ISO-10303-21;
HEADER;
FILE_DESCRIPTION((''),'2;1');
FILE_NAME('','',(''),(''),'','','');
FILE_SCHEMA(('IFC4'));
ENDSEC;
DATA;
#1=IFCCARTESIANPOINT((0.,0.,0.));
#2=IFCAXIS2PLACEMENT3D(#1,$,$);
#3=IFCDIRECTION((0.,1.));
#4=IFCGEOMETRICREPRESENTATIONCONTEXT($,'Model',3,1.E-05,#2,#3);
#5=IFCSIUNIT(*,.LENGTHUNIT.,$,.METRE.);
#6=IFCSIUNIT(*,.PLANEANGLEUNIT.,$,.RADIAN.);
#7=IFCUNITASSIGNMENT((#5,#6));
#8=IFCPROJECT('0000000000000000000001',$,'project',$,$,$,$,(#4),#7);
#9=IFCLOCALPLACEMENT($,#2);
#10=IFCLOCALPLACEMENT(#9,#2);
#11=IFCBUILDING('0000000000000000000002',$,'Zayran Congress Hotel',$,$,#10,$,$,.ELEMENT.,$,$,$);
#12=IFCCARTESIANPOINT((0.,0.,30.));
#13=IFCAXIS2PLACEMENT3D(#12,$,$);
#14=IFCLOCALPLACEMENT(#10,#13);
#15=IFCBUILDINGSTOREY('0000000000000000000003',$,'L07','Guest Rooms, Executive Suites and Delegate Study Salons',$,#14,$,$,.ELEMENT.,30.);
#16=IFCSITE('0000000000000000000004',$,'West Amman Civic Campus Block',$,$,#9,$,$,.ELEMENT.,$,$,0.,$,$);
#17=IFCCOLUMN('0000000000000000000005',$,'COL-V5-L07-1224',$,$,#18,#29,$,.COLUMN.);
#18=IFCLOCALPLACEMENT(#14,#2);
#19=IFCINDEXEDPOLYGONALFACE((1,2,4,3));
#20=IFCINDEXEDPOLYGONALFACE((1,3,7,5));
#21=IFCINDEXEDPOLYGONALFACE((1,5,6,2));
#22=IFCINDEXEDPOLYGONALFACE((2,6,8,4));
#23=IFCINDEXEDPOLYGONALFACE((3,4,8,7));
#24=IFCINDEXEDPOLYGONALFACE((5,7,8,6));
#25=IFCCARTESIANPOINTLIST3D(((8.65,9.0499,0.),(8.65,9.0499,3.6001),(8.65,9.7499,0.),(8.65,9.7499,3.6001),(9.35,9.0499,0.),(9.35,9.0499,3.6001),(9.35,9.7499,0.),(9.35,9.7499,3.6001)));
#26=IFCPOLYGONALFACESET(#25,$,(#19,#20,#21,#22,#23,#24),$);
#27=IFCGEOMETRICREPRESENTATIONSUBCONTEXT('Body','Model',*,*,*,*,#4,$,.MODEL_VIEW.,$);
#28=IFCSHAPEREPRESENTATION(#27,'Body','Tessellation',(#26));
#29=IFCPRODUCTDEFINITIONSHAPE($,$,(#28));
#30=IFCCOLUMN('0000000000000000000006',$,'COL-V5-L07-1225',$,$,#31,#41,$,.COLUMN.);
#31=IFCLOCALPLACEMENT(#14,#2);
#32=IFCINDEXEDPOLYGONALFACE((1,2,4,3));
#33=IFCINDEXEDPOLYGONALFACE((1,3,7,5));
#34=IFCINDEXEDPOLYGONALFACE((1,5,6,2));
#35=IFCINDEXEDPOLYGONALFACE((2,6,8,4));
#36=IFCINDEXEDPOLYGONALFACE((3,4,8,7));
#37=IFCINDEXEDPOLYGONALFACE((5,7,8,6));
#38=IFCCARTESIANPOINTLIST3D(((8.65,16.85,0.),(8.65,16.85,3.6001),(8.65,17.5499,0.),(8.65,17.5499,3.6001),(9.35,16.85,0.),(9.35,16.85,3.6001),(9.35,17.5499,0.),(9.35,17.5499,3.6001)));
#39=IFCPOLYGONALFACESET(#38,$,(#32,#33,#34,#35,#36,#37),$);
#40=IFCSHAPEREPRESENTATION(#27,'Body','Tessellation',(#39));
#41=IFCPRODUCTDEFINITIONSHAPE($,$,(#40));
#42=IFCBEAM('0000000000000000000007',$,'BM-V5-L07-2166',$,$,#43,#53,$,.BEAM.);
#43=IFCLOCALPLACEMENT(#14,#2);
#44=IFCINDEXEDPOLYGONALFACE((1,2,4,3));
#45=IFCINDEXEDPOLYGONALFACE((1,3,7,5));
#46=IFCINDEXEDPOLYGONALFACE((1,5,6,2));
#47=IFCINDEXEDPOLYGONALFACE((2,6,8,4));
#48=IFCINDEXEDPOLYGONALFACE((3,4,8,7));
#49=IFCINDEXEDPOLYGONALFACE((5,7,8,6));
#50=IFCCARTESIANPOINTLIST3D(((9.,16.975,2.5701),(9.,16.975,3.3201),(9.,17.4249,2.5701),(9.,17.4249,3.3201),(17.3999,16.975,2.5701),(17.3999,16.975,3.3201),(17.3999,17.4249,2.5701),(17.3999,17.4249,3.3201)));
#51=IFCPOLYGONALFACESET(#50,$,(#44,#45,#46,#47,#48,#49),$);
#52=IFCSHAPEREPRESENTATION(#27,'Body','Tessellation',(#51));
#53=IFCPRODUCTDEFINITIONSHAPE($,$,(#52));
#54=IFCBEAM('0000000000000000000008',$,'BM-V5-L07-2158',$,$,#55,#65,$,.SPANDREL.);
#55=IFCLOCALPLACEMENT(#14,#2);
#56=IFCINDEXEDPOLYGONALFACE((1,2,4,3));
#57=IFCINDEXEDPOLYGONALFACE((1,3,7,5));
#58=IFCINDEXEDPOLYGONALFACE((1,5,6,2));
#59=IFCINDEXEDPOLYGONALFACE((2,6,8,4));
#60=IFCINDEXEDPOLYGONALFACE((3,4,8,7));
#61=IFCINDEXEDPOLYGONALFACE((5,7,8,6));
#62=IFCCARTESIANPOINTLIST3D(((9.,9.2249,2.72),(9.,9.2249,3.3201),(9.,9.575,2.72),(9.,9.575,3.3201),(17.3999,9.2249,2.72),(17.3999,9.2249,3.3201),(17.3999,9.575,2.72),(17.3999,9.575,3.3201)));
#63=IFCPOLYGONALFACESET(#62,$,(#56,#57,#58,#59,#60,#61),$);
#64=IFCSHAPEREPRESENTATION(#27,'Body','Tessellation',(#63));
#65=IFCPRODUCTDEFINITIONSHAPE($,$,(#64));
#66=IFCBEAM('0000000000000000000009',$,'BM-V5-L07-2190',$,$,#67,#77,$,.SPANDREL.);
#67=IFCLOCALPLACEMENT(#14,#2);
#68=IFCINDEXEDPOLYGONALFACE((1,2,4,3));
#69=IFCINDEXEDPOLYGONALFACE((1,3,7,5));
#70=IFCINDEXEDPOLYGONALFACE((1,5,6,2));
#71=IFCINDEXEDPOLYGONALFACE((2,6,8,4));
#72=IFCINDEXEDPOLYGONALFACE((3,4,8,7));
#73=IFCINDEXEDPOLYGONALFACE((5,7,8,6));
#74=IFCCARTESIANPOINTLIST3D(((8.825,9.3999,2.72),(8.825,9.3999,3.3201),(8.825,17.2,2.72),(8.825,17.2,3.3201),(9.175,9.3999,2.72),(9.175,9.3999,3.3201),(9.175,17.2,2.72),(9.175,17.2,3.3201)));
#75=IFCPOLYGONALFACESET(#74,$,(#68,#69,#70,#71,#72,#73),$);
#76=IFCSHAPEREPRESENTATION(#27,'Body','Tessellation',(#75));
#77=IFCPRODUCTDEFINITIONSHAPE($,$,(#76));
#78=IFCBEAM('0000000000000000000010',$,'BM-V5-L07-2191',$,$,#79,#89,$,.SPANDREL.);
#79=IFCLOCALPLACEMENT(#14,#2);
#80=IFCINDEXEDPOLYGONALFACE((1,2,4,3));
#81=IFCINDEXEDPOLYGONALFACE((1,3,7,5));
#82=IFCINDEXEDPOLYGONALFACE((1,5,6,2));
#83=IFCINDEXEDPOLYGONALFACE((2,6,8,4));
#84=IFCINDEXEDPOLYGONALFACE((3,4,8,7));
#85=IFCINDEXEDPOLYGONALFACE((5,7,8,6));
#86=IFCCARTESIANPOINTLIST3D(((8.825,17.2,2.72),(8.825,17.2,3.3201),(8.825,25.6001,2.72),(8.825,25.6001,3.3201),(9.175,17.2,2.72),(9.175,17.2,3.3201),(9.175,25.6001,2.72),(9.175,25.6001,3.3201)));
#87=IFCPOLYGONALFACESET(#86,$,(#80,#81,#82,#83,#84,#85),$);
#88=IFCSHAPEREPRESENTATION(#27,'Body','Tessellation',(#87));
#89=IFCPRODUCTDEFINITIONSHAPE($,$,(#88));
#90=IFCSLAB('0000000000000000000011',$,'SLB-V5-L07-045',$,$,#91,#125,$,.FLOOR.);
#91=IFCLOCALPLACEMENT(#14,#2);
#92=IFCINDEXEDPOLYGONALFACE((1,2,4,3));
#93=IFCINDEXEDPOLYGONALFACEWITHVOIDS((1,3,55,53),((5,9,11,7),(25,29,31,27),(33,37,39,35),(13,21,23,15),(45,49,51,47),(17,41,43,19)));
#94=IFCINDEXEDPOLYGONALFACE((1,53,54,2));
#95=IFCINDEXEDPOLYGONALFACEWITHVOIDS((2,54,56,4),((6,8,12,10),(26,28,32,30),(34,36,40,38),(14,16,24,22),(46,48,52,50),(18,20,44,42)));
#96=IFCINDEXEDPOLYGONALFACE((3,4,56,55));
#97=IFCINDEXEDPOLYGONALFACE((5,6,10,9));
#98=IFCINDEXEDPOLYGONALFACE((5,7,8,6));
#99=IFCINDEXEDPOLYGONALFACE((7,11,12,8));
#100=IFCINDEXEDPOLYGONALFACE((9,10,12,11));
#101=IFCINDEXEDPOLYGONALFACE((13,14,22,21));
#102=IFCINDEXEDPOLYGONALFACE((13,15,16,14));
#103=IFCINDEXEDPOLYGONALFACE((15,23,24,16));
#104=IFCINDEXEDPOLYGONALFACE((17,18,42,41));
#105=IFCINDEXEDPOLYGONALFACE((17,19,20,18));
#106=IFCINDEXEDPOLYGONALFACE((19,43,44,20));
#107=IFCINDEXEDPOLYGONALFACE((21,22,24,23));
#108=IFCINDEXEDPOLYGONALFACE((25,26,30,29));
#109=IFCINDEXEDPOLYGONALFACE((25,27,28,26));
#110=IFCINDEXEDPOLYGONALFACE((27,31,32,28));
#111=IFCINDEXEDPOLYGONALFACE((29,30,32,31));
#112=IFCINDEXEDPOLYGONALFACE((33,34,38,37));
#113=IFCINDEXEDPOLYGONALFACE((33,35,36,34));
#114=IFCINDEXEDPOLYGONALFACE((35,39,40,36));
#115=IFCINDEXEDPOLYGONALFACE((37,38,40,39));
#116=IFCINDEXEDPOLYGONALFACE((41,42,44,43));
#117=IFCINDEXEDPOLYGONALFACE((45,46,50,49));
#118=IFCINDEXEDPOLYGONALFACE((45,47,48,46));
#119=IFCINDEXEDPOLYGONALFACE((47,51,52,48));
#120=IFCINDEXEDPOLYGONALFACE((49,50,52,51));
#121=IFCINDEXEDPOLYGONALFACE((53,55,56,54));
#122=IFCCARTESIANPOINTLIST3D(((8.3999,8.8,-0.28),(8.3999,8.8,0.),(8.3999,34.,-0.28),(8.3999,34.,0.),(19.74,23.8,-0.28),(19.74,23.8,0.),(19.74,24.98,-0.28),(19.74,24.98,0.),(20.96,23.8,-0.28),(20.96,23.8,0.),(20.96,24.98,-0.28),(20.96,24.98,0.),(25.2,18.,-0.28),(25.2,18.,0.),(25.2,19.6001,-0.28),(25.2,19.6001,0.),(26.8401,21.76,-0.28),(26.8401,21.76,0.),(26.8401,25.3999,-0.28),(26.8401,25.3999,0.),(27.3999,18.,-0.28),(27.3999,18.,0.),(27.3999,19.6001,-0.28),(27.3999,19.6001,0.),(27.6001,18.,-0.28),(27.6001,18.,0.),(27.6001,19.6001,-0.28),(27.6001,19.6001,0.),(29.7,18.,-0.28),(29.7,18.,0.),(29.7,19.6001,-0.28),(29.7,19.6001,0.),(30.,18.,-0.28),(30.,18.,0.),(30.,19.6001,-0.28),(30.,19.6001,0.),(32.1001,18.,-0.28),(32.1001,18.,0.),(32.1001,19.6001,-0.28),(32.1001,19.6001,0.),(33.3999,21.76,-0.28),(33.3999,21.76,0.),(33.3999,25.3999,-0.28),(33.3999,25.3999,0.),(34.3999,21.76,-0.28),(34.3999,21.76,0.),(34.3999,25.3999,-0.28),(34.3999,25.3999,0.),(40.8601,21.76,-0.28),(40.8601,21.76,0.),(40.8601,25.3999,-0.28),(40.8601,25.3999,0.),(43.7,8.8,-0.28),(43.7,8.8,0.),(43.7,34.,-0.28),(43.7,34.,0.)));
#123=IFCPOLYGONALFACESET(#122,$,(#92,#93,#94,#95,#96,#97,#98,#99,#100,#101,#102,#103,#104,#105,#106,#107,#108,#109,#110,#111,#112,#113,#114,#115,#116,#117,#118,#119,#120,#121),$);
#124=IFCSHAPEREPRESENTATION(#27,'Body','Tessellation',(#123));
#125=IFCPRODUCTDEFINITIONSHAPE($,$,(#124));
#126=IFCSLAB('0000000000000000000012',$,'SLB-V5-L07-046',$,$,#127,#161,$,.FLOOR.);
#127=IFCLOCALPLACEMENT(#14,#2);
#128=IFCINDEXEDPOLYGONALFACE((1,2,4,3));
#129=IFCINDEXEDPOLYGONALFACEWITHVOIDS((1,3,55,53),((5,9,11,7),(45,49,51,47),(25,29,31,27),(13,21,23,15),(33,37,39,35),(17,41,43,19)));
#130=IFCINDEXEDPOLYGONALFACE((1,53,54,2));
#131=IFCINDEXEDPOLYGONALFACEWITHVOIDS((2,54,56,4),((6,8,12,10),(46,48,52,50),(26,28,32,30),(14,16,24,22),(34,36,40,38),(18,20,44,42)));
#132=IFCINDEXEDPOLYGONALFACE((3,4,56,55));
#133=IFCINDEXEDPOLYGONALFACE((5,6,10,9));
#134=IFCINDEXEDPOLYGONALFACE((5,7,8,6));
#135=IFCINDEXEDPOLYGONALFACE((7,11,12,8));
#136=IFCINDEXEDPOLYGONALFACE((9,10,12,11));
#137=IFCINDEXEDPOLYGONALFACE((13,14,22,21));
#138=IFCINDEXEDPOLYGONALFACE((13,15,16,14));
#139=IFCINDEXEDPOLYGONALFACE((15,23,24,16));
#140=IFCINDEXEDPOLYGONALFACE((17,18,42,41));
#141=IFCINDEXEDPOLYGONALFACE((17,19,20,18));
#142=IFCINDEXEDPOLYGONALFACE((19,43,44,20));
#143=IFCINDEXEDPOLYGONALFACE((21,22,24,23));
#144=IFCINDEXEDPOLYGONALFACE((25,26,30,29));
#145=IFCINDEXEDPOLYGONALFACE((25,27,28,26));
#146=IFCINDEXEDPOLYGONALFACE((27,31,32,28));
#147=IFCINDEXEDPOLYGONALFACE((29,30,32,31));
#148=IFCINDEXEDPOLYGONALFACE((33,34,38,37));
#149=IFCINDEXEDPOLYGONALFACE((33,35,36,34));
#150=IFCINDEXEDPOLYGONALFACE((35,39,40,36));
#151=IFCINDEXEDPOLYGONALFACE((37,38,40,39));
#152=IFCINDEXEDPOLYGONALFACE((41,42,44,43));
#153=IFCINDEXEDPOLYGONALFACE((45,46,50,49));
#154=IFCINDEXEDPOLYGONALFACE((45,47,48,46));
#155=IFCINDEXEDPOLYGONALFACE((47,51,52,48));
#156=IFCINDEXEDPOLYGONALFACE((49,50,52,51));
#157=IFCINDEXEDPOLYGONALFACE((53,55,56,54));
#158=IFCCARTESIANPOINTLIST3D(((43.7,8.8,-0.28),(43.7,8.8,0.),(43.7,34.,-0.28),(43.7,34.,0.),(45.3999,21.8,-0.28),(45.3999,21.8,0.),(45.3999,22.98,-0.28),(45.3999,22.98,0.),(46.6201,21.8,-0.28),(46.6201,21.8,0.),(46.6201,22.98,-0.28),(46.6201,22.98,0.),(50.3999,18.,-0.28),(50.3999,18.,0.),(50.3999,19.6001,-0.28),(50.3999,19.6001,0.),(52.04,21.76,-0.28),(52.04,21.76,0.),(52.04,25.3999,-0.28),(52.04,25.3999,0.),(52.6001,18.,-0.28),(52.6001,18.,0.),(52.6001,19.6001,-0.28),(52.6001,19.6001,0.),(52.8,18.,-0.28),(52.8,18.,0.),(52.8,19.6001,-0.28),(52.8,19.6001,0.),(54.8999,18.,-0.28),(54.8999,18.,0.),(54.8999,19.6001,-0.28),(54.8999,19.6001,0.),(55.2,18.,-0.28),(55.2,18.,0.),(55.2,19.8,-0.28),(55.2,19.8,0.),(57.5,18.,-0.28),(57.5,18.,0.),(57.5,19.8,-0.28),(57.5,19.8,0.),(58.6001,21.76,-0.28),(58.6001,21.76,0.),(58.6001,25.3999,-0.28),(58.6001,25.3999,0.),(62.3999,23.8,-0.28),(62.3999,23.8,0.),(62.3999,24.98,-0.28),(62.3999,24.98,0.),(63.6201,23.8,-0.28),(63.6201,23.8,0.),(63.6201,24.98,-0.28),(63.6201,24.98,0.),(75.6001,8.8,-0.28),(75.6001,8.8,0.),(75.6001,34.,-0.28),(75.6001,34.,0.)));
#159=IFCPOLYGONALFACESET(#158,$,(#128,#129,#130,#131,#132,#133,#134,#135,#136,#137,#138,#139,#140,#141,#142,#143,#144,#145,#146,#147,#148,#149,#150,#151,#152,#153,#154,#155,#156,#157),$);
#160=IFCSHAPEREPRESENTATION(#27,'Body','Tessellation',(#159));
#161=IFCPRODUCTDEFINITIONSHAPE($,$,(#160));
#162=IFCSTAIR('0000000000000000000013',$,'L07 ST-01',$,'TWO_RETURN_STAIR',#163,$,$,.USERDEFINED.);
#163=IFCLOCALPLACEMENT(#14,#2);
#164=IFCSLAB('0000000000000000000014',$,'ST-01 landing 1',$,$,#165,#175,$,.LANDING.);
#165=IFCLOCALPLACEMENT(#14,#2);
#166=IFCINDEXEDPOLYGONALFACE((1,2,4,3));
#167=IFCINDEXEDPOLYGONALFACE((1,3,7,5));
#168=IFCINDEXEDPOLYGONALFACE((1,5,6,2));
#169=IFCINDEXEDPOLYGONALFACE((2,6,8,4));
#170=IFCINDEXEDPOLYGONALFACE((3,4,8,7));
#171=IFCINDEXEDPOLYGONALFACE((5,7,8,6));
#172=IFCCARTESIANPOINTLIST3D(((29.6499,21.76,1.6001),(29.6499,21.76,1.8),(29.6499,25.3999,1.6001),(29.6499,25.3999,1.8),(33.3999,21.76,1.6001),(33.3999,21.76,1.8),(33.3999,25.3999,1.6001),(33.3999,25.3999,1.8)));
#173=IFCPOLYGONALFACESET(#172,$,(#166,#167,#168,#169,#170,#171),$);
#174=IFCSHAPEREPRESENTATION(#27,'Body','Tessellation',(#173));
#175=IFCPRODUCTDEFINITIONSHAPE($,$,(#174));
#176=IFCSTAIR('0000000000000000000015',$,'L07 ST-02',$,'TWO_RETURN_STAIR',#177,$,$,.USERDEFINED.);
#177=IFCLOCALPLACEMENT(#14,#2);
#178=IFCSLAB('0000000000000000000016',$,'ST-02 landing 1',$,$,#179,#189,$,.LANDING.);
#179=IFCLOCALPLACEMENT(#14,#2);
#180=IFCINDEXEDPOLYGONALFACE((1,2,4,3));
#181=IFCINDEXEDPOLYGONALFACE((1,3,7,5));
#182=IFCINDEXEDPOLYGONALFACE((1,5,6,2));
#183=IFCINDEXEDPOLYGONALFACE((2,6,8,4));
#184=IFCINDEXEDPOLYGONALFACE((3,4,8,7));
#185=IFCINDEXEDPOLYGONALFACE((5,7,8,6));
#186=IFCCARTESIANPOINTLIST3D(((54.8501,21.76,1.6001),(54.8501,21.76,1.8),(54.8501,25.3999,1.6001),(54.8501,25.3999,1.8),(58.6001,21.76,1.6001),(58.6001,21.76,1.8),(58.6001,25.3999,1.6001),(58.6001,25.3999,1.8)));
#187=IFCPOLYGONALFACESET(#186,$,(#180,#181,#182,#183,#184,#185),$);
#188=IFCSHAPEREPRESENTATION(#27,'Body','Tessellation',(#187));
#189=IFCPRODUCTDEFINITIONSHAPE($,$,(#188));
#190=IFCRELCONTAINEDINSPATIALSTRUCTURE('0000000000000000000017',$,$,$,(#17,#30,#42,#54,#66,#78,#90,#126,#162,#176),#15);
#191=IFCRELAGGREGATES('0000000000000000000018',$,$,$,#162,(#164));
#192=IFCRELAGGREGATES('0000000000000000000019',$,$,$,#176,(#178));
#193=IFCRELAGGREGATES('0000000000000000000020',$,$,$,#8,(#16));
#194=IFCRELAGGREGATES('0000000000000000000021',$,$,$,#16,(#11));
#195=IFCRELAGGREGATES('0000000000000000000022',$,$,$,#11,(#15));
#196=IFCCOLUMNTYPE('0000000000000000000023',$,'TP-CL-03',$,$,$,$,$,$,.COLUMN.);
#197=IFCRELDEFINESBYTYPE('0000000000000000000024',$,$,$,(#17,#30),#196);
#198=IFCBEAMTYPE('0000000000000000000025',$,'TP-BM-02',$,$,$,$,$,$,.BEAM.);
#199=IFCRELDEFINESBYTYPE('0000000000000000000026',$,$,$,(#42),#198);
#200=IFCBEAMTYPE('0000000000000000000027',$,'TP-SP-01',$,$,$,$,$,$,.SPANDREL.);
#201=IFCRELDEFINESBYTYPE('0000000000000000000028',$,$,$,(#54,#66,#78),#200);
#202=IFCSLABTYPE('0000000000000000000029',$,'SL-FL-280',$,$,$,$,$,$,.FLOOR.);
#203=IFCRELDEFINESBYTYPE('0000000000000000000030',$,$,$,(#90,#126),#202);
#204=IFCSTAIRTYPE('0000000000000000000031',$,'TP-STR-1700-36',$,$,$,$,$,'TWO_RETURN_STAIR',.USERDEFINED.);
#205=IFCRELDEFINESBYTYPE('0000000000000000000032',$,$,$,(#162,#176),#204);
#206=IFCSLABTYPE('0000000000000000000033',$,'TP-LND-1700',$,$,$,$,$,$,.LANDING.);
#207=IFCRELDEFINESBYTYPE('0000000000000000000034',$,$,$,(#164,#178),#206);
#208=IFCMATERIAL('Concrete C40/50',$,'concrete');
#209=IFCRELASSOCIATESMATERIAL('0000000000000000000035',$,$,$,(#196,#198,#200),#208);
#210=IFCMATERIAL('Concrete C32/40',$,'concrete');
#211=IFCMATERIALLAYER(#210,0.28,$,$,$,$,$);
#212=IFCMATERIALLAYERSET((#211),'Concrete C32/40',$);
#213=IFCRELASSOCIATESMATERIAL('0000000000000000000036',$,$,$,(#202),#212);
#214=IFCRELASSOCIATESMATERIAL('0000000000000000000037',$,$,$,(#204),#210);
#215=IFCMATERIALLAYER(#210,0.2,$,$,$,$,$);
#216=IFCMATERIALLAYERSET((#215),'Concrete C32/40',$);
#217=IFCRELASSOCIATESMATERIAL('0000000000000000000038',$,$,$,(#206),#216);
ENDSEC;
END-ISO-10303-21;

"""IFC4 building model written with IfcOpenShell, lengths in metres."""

from ifc_helpers import new_model, si_unit, direction, frame, origin, origin_2d, place, context, subcontext, project, spatial, polyline, rectangle, outline, extrude, material, layer, layer_set, material_profile, profile_set, type_object, element, aggregate, save


model = new_model("IFC4")

# Units and contexts
model_context = context("Model", 3, precision=1e-05, world=origin(), true_north=direction((0.0, 1.0)))
body_context = subcontext(model_context, "Body", "Model", "MODEL_VIEW")
ifc_project = project(units=[si_unit("LENGTHUNIT", "METRE"), si_unit("PLANEANGLEUNIT", "RADIAN")], contexts=[model_context])

# Site, building, storey
site_placement = place(None, origin())
site = spatial("IfcSite", under=ifc_project, at=site_placement, Name="West Amman Civic Campus Block", CompositionType="ELEMENT", RefElevation=0.0)
building_placement = place(site_placement, origin())
building = spatial("IfcBuilding", under=site, at=building_placement, Name="Zayran Congress Hotel", CompositionType="ELEMENT")
storey_placement = place(building_placement, frame((0.0, 0.0, 30.0)))
storey = spatial("IfcBuildingStorey", under=building, at=storey_placement, Name="L07", Description="Guest Rooms, Executive Suites and Delegate Study Salons", CompositionType="ELEMENT", Elevation=30.0)

# Columns
ifc_material_1 = material(Name="Concrete C40/50", Category="concrete")
ifc_material_profile_1 = material_profile(ifc_material_1, rectangle(XDim=0.7, YDim=0.7, at=origin_2d()), Name="RC 700x700")
ifc_profile_set_1 = profile_set([ifc_material_profile_1], Name="Concrete C40/50")
column_type = type_object("IfcColumnType", Name="TP-CL-03", PredefinedType="COLUMN", material=ifc_profile_set_1)
for number, where, z_axis, x_axis, name in (
    (1, (9.0, 9.3999, 0.0), (0.0, 0.0, 1.0), (1.0, 0.0, 0.0), "COL-V5-L07-1224"),
    (2, (9.0, 17.2, 0.0), (0.0, 0.0, 1.0), (1.0, 0.0, 0.0), "COL-V5-L07-1225"),
):
    element("IfcColumn", number, at=place(storey_placement, frame(where, z_axis=z_axis, x_axis=x_axis)), inside=storey, type_object=column_type, Name=name, PredefinedType="COLUMN", context=body_context, shape_type="SweptSolid", body=[
        extrude(rectangle(XDim=0.7, YDim=0.7, at=origin_2d()), origin(), (0.0, 0.0, 1.0), 3.6001),
    ])

# Beams
ifc_material_profile_2 = material_profile(ifc_material_1, rectangle(XDim=0.45, YDim=0.75, at=origin_2d()), Name="RC 450x750")
ifc_profile_set_2 = profile_set([ifc_material_profile_2], Name="Concrete C40/50")
beam_type_1 = type_object("IfcBeamType", Name="TP-BM-02", PredefinedType="BEAM", material=ifc_profile_set_2)
beam_1_placement = place(storey_placement, frame((9.0, 17.2, 2.9451), z_axis=(1.0, 0.0, 0.0), x_axis=(0.0, 1.0, 0.0)))
element("IfcBeam", 3, at=beam_1_placement, inside=storey, type_object=beam_type_1, Name="BM-V5-L07-2166", PredefinedType="BEAM", context=body_context, shape_type="SweptSolid", body=[
    extrude(rectangle(XDim=0.45, YDim=0.75, at=origin_2d()), origin(), (0.0, 0.0, 1.0), 8.3999),
])
ifc_material_profile_3 = material_profile(ifc_material_1, rectangle(XDim=0.3501, YDim=0.6001, at=origin_2d()), Name="RC 350x600")
ifc_profile_set_3 = profile_set([ifc_material_profile_3], Name="Concrete C40/50")
beam_type_2 = type_object("IfcBeamType", Name="TP-SP-01", PredefinedType="SPANDREL", material=ifc_profile_set_3)
beam_2_placement = place(storey_placement, frame((9.0, 9.3999, 3.02), z_axis=(1.0, 0.0, 0.0), x_axis=(0.0, 1.0, 0.0)))
element("IfcBeam", 4, at=beam_2_placement, inside=storey, type_object=beam_type_2, Name="BM-V5-L07-2158", PredefinedType="SPANDREL", context=body_context, shape_type="SweptSolid", body=[
    extrude(rectangle(XDim=0.3501, YDim=0.6001, at=origin_2d()), origin(), (0.0, 0.0, 1.0), 8.3999),
])
beam_3_placement = place(storey_placement, frame((9.0, 9.3999, 3.02), z_axis=(0.0, 1.0, 0.0), x_axis=(-1.0, 0.0, 0.0)))
element("IfcBeam", 5, at=beam_3_placement, inside=storey, type_object=beam_type_2, Name="BM-V5-L07-2190", PredefinedType="SPANDREL", context=body_context, shape_type="SweptSolid", body=[
    extrude(rectangle(XDim=0.3501, YDim=0.6001, at=origin_2d()), origin(), (0.0, 0.0, 1.0), 7.8),
])
beam_4_placement = place(storey_placement, frame((9.0, 17.2, 3.02), z_axis=(0.0, 1.0, 0.0), x_axis=(-1.0, 0.0, 0.0)))
element("IfcBeam", 6, at=beam_4_placement, inside=storey, type_object=beam_type_2, Name="BM-V5-L07-2191", PredefinedType="SPANDREL", context=body_context, shape_type="SweptSolid", body=[
    extrude(rectangle(XDim=0.3501, YDim=0.6001, at=origin_2d()), origin(), (0.0, 0.0, 1.0), 8.4001),
])

# Slabs
ifc_material_2 = material(Name="Concrete C32/40", Category="concrete")
ifc_layer_1 = layer(ifc_material_2, 0.28)
ifc_layer_set_1 = layer_set([ifc_layer_1], Name="Concrete C32/40")
slab_type_1 = type_object("IfcSlabType", Name="SL-FL-280", PredefinedType="FLOOR", material=ifc_layer_set_1)
slab_1_placement = place(storey_placement, frame((0.0, 0.0, -0.28)))
element("IfcSlab", 7, at=slab_1_placement, inside=storey, type_object=slab_type_1, Name="SLB-V5-L07-045", PredefinedType="FLOOR", context=body_context, shape_type="SweptSolid", body=[
    extrude(outline(polyline([(8.3999, 8.8), (43.7, 8.8), (43.7, 34.0), (8.3999, 34.0), (8.3999, 8.8)]), holes=[polyline([(26.8401, 21.76), (33.3999, 21.76), (33.3999, 25.3999), (26.8401, 25.3999), (26.8401, 21.76)]), polyline([(25.2, 18.0), (27.3999, 18.0), (27.3999, 19.6001), (25.2, 19.6001), (25.2, 18.0)]), polyline([(27.6001, 18.0), (29.7, 18.0), (29.7, 19.6001), (27.6001, 19.6001), (27.6001, 18.0)]), polyline([(30.0, 18.0), (32.1001, 18.0), (32.1001, 19.6001), (30.0, 19.6001), (30.0, 18.0)]), polyline([(34.3999, 21.76), (40.8601, 21.76), (40.8601, 25.3999), (34.3999, 25.3999), (34.3999, 21.76)]), polyline([(19.74, 23.8), (20.96, 23.8), (20.96, 24.98), (19.74, 24.98), (19.74, 23.8)])]), origin(), (0.0, 0.0, 1.0), 0.28),
])
slab_2_placement = place(storey_placement, frame((0.0, 0.0, -0.28)))
element("IfcSlab", 8, at=slab_2_placement, inside=storey, type_object=slab_type_1, Name="SLB-V5-L07-046", PredefinedType="FLOOR", context=body_context, shape_type="SweptSolid", body=[
    extrude(outline(polyline([(43.7, 8.8), (75.6001, 8.8), (75.6001, 34.0), (43.7, 34.0), (43.7, 8.8)]), holes=[polyline([(52.04, 21.76), (58.6001, 21.76), (58.6001, 25.3999), (52.04, 25.3999), (52.04, 21.76)]), polyline([(50.3999, 18.0), (52.6001, 18.0), (52.6001, 19.6001), (50.3999, 19.6001), (50.3999, 18.0)]), polyline([(52.8, 18.0), (54.8999, 18.0), (54.8999, 19.6001), (52.8, 19.6001), (52.8, 18.0)]), polyline([(55.2, 18.0), (57.5, 18.0), (57.5, 19.8), (55.2, 19.8), (55.2, 18.0)]), polyline([(45.3999, 21.8), (46.6201, 21.8), (46.6201, 22.98), (45.3999, 22.98), (45.3999, 21.8)]), polyline([(62.3999, 23.8), (63.6201, 23.8), (63.6201, 24.98), (62.3999, 24.98), (62.3999, 23.8)])]), origin(), (0.0, 0.0, 1.0), 0.28),
])

# Stairs, slabs
stair_type = type_object("IfcStairType", Name="TP-STR-1700-36", ElementType="TWO_RETURN_STAIR", PredefinedType="USERDEFINED", material=ifc_material_2)
stair_1_placement = place(storey_placement, origin())
stair_1 = element("IfcStair", 9, at=stair_1_placement, inside=storey, type_object=stair_type, Name="L07 ST-01", ObjectType="TWO_RETURN_STAIR", PredefinedType="USERDEFINED")
ifc_layer_2 = layer(ifc_material_2, 0.2)
ifc_layer_set_2 = layer_set([ifc_layer_2], Name="Concrete C32/40")
slab_type_2 = type_object("IfcSlabType", Name="TP-LND-1700", PredefinedType="LANDING", material=ifc_layer_set_2)
slab_3_placement = place(storey_placement, frame((0.0, 0.0, 1.6001)))
slab_3 = element("IfcSlab", 10, at=slab_3_placement, type_object=slab_type_2, Name="ST-01 landing 1", PredefinedType="LANDING", context=body_context, shape_type="SweptSolid", body=[
    extrude(outline(polyline([(29.6499, 21.76), (33.3999, 21.76), (33.3999, 25.3999), (29.6499, 25.3999), (29.6499, 21.76)])), origin(), (0.0, 0.0, 1.0), 0.2),
])
aggregate(stair_1, [slab_3])
stair_2_placement = place(storey_placement, origin())
stair_2 = element("IfcStair", 11, at=stair_2_placement, inside=storey, type_object=stair_type, Name="L07 ST-02", ObjectType="TWO_RETURN_STAIR", PredefinedType="USERDEFINED")
slab_4_placement = place(storey_placement, frame((0.0, 0.0, 1.6001)))
slab_4 = element("IfcSlab", 12, at=slab_4_placement, type_object=slab_type_2, Name="ST-02 landing 1", PredefinedType="LANDING", context=body_context, shape_type="SweptSolid", body=[
    extrude(outline(polyline([(54.8501, 21.76), (58.6001, 21.76), (58.6001, 25.3999), (54.8501, 25.3999), (54.8501, 21.76)])), origin(), (0.0, 0.0, 1.0), 0.2),
])
aggregate(stair_2, [slab_4])

save(model, "model.ifc")
